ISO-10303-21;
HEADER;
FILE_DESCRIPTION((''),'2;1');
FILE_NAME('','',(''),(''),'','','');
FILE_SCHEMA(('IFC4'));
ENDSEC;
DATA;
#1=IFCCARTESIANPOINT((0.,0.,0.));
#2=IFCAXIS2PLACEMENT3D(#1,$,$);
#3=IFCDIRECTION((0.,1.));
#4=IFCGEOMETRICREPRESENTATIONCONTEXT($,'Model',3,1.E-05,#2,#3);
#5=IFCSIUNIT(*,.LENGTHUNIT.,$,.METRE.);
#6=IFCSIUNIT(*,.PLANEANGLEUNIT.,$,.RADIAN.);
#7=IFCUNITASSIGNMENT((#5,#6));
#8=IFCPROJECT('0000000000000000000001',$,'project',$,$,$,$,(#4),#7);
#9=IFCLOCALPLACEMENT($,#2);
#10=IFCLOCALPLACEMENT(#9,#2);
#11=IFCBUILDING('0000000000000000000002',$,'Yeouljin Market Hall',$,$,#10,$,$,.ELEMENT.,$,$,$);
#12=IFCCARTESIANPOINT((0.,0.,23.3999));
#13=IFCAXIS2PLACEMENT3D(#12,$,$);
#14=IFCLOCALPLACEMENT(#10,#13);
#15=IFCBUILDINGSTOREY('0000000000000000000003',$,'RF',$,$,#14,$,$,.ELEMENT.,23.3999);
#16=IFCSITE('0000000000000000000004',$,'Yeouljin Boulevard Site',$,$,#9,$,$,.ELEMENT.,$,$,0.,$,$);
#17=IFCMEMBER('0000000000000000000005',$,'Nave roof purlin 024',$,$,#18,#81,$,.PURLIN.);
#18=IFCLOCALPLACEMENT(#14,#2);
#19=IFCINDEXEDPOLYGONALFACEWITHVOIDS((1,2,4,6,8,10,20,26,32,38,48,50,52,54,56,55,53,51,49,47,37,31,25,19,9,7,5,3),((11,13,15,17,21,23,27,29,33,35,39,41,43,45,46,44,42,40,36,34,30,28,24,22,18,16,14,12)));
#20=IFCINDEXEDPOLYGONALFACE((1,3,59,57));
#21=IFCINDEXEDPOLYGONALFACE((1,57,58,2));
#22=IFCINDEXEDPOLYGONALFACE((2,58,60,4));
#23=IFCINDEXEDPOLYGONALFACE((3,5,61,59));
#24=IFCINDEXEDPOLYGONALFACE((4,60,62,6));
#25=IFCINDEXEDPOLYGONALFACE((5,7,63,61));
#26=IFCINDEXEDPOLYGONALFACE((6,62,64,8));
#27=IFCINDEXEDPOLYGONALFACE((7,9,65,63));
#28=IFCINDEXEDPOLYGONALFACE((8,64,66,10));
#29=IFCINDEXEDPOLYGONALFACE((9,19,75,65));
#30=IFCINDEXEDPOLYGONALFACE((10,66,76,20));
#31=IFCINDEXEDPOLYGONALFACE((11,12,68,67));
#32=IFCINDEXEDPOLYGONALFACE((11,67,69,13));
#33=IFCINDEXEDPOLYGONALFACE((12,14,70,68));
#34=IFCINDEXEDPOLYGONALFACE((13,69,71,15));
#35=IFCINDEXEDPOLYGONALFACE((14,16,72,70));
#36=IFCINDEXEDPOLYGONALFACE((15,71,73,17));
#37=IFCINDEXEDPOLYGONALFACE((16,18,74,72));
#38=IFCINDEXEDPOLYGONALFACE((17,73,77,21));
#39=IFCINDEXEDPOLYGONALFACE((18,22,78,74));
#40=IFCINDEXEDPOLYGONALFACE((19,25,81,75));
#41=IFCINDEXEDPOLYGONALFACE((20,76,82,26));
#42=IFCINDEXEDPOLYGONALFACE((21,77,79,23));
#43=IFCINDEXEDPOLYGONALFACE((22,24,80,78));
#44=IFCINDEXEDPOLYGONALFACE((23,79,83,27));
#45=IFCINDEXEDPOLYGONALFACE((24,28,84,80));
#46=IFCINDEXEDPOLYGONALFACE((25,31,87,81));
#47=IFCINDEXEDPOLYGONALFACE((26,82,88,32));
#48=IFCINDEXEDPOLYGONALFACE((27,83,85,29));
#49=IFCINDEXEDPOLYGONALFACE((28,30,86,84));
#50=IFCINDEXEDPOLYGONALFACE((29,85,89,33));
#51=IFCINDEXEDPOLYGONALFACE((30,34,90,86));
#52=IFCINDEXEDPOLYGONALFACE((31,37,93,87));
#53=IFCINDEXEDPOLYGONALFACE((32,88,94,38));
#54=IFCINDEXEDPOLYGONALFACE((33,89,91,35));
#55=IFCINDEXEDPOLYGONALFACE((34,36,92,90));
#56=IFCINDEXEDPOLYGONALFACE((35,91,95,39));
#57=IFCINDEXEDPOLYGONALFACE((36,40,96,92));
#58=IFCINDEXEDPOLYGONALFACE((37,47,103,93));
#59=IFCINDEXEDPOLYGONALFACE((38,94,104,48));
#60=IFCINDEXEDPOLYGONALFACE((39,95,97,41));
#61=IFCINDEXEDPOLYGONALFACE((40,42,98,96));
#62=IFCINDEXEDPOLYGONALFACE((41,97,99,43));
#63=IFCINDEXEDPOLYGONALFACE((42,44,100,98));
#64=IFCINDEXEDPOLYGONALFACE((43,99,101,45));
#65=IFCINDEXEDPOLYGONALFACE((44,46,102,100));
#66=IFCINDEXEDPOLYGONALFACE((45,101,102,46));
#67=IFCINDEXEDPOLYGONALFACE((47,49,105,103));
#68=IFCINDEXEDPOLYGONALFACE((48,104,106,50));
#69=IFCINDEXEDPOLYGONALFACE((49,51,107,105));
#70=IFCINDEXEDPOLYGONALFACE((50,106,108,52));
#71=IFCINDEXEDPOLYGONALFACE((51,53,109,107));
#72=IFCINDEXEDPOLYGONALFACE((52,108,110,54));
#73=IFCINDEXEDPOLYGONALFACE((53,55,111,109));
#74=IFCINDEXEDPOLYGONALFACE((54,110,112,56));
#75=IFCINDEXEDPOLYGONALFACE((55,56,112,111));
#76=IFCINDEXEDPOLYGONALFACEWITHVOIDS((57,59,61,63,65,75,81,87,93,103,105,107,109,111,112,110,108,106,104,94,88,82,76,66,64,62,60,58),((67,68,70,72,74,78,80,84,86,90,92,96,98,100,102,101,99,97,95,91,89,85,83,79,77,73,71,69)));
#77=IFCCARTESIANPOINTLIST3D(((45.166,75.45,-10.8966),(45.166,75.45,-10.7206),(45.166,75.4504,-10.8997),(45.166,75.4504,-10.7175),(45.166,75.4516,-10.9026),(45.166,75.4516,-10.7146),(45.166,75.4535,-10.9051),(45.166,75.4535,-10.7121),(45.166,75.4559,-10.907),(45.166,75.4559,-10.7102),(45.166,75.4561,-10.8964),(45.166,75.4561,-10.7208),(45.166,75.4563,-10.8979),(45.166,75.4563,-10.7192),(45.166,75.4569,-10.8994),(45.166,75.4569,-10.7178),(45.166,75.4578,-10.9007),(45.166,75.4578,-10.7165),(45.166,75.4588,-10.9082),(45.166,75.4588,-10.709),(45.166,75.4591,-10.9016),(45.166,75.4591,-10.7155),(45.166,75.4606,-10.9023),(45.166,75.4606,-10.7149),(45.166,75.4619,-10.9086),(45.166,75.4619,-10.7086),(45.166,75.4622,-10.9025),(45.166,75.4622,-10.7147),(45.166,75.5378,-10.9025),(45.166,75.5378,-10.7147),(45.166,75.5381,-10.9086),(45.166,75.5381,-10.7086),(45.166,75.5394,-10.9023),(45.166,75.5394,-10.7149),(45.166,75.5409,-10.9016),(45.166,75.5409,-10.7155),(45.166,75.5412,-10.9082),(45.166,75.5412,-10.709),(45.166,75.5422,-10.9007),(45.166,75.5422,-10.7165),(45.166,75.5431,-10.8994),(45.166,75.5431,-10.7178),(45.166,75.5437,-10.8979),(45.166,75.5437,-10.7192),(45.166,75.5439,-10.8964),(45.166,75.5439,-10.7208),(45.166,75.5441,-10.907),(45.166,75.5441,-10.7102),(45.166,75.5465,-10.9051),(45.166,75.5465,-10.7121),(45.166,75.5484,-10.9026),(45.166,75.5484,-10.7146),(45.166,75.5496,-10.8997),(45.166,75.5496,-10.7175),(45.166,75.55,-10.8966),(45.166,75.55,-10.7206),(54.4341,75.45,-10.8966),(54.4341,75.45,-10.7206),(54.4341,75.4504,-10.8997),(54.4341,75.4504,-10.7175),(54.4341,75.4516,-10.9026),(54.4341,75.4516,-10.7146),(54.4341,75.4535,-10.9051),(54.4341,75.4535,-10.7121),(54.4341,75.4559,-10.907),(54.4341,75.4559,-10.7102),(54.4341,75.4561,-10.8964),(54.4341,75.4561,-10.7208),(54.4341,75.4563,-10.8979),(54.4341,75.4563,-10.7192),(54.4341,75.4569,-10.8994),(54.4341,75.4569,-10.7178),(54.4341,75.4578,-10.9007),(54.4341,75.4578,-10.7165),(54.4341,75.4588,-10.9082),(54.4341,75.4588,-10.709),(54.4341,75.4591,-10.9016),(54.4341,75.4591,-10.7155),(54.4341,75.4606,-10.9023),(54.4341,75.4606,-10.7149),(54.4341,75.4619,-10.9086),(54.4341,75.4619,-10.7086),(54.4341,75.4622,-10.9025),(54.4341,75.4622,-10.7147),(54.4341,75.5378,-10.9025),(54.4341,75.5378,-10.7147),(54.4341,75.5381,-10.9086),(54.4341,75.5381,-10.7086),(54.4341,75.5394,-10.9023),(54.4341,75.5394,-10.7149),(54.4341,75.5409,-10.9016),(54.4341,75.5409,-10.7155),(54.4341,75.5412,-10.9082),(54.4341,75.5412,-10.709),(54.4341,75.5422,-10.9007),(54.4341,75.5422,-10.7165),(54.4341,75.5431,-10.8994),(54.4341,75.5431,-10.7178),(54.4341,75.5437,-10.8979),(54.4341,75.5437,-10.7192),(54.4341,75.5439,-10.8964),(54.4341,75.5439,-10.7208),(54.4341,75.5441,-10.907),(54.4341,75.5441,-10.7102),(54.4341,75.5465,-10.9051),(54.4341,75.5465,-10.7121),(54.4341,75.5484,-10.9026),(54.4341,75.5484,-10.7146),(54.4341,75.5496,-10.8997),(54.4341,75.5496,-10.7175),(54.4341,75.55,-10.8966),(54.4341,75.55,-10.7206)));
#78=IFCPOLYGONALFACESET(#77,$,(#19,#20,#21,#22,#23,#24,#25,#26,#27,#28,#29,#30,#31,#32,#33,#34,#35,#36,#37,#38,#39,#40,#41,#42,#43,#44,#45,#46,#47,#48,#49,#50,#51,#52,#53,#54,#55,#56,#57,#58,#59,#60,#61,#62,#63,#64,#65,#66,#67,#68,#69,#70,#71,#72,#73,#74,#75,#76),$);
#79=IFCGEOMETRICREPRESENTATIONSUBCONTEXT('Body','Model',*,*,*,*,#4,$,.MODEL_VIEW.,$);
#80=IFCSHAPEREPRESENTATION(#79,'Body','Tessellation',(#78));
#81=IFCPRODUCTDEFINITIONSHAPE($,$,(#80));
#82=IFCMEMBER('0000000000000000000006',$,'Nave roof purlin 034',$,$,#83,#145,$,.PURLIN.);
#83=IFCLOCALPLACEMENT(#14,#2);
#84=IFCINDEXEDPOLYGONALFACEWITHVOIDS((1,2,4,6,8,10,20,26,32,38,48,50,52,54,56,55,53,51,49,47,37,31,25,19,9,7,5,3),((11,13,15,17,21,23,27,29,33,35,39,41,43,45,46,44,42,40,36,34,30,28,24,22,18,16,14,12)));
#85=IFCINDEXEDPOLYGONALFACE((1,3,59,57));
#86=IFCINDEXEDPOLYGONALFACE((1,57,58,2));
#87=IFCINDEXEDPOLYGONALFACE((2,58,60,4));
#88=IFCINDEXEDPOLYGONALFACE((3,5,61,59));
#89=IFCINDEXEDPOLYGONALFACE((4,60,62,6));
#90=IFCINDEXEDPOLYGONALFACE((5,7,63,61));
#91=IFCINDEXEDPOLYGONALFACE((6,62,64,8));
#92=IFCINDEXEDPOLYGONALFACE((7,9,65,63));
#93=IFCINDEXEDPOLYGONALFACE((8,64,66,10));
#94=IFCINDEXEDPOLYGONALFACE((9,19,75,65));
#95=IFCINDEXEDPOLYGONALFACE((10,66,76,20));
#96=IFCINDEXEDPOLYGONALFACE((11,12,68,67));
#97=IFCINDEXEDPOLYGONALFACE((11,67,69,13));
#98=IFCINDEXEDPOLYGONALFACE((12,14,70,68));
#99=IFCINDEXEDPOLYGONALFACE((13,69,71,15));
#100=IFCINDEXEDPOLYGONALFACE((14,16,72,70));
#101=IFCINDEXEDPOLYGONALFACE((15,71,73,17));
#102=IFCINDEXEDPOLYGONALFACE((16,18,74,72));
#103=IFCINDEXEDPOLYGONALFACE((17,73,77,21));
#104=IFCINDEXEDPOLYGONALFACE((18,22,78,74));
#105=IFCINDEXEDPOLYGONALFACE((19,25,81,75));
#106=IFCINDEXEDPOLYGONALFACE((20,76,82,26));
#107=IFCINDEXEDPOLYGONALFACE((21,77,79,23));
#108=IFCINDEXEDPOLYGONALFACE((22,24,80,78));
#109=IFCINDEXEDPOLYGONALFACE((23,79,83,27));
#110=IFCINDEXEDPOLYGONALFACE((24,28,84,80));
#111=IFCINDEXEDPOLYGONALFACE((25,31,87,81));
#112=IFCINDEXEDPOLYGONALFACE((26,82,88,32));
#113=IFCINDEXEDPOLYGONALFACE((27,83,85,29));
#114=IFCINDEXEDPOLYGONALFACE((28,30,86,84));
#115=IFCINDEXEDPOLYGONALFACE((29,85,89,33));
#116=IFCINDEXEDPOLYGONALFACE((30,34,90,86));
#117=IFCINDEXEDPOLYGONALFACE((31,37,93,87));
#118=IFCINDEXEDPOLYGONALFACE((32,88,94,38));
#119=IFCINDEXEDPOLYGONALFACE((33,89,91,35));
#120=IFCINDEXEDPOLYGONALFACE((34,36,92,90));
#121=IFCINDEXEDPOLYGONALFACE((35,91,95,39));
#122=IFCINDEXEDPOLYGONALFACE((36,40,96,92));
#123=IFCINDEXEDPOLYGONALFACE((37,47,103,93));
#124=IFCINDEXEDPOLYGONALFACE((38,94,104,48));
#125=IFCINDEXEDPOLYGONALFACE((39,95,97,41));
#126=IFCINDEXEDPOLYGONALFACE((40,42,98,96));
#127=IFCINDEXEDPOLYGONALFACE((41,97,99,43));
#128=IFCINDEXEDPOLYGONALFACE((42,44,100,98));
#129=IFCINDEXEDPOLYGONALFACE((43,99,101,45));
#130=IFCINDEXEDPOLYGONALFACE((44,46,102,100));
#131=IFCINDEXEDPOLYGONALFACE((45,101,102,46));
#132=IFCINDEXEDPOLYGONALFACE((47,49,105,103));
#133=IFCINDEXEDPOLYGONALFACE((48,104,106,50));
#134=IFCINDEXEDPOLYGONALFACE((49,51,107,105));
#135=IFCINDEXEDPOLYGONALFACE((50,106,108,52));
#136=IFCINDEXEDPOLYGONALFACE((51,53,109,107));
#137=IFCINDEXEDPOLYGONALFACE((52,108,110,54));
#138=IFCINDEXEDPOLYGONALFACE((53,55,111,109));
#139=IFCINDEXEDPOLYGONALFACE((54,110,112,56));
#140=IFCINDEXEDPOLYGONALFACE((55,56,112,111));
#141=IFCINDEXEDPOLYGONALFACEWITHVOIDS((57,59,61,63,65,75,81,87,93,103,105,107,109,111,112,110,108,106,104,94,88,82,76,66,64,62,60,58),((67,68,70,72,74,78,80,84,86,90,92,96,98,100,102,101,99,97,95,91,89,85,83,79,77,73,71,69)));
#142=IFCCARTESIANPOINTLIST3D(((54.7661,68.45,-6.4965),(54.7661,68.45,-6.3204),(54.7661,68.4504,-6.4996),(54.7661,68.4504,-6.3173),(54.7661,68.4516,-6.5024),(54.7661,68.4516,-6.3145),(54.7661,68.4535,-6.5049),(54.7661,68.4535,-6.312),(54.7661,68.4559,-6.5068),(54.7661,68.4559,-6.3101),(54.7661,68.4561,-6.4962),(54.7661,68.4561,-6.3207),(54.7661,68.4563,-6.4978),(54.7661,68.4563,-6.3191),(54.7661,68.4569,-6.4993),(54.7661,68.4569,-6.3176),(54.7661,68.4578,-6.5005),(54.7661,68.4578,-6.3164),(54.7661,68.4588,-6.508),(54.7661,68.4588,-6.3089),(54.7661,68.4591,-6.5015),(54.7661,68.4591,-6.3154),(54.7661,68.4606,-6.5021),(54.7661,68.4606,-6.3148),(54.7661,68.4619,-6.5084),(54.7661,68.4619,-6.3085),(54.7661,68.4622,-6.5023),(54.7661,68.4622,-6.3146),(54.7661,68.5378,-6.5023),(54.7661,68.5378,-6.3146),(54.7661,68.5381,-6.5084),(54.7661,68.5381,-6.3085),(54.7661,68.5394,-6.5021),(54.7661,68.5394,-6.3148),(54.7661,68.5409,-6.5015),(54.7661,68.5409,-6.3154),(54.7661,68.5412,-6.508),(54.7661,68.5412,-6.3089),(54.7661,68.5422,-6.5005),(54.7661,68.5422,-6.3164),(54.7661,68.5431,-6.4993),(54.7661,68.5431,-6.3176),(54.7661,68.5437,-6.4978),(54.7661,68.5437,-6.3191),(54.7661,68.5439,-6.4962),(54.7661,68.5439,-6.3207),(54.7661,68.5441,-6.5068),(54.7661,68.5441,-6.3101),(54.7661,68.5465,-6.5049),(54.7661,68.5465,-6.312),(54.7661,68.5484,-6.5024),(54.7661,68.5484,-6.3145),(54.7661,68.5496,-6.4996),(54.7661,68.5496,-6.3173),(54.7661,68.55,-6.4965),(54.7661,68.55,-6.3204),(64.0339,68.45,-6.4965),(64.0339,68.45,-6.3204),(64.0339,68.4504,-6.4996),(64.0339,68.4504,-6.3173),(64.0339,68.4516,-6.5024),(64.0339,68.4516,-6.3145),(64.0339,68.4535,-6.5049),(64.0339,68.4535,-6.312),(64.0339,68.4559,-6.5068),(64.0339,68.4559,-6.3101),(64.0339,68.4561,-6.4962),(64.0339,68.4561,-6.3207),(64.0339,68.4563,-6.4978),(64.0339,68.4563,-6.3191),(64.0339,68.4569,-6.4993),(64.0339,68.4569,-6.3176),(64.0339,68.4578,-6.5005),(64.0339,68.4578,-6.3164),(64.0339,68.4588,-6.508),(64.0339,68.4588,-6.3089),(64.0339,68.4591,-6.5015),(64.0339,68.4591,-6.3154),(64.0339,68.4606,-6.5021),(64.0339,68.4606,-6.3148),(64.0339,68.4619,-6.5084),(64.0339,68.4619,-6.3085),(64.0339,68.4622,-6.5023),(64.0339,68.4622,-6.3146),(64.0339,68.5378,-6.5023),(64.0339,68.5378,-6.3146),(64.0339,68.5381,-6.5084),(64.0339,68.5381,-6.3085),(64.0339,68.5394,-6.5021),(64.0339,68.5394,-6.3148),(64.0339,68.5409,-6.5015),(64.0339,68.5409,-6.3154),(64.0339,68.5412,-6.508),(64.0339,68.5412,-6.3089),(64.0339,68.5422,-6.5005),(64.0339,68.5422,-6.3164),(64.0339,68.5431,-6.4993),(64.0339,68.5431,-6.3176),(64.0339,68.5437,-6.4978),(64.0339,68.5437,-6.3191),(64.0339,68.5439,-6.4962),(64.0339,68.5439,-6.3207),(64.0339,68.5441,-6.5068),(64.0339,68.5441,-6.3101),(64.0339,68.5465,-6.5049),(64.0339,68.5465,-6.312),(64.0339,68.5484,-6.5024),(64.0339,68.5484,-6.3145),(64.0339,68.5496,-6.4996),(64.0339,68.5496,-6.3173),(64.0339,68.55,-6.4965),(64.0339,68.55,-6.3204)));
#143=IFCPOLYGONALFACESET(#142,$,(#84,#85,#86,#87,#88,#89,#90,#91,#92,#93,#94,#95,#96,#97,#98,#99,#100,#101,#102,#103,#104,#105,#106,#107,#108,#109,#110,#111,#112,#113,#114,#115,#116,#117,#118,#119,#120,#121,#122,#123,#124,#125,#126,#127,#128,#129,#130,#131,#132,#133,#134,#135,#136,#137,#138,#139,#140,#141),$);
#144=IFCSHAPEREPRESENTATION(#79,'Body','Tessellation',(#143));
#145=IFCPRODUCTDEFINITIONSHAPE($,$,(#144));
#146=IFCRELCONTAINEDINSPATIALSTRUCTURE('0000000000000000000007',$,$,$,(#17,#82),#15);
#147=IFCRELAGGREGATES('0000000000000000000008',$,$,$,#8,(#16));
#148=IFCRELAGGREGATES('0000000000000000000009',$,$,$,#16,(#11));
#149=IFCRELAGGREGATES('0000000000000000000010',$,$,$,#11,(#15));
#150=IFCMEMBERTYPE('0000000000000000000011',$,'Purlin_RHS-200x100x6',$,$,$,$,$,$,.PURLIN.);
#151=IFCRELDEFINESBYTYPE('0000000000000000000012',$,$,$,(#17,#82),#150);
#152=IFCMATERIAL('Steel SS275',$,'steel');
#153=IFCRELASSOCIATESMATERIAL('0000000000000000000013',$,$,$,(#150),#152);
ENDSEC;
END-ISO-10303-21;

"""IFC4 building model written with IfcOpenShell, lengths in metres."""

from ifc_helpers import new_model, si_unit, direction, frame, origin, origin_2d, place, context, subcontext, project, spatial, hollow_rectangle, extrude, material, material_profile, profile_set, type_object, element, save


model = new_model("IFC4")

# Units and contexts
model_context = context("Model", 3, precision=1e-05, world=origin(), true_north=direction((0.0, 1.0)))
body_context = subcontext(model_context, "Body", "Model", "MODEL_VIEW")
ifc_project = project(units=[si_unit("LENGTHUNIT", "METRE"), si_unit("PLANEANGLEUNIT", "RADIAN")], contexts=[model_context])

# Site, building, storey
site_placement = place(None, origin())
site = spatial("IfcSite", under=ifc_project, at=site_placement, Name="Yeouljin Boulevard Site", CompositionType="ELEMENT", RefElevation=0.0)
building_placement = place(site_placement, origin())
building = spatial("IfcBuilding", under=site, at=building_placement, Name="Yeouljin Market Hall", CompositionType="ELEMENT")
storey_placement = place(building_placement, frame((0.0, 0.0, 23.3999)))
storey = spatial("IfcBuildingStorey", under=building, at=storey_placement, Name="RF", CompositionType="ELEMENT", Elevation=23.3999)

# Members
ifc_material_1 = material(Name="Steel SS275", Category="steel")
ifc_material_profile_1 = material_profile(ifc_material_1, hollow_rectangle(XDim=0.1001, YDim=0.2, WallThickness=0.0061, InnerFilletRadius=0.0061, OuterFilletRadius=0.012, at=origin_2d()), Name="RHS-200x100x6")
ifc_profile_set_1 = profile_set([ifc_material_profile_1], Name="Steel SS275")
member_type_1 = type_object("IfcMemberType", Name="Purlin_RHS-200x100x6", PredefinedType="PURLIN", material=ifc_profile_set_1)
for number, where, z_axis, x_axis, name in (
    (1, (45.166, 75.5, -10.8086), (1.0, 0.0, 0.0), (0.0, 1.0, 0.0), "Nave roof purlin 024"),
):
    element("IfcMember", number, at=place(storey_placement, frame(where, z_axis=z_axis, x_axis=x_axis)), inside=storey, type_object=member_type_1, Name=name, PredefinedType="PURLIN", context=body_context, shape_type="SweptSolid", body=[
        extrude(hollow_rectangle(XDim=0.1001, YDim=0.2, WallThickness=0.0061, InnerFilletRadius=0.0061, OuterFilletRadius=0.012, at=origin_2d()), origin(), (0.0, 0.0, 1.0), 9.2681),
    ])
for number, where, z_axis, x_axis, name in (
    (2, (54.7661, 68.5, -6.4084), (1.0, 0.0, 0.0), (0.0, 1.0, 0.0), "Nave roof purlin 034"),
):
    element("IfcMember", number, at=place(storey_placement, frame(where, z_axis=z_axis, x_axis=x_axis)), inside=storey, type_object=member_type_1, Name=name, PredefinedType="PURLIN", context=body_context, shape_type="SweptSolid", body=[
        extrude(hollow_rectangle(XDim=0.1001, YDim=0.2, WallThickness=0.0061, InnerFilletRadius=0.0061, OuterFilletRadius=0.012, at=origin_2d()), origin(), (0.0, 0.0, 1.0), 9.2678),
    ])

save(model, "model.ifc")
